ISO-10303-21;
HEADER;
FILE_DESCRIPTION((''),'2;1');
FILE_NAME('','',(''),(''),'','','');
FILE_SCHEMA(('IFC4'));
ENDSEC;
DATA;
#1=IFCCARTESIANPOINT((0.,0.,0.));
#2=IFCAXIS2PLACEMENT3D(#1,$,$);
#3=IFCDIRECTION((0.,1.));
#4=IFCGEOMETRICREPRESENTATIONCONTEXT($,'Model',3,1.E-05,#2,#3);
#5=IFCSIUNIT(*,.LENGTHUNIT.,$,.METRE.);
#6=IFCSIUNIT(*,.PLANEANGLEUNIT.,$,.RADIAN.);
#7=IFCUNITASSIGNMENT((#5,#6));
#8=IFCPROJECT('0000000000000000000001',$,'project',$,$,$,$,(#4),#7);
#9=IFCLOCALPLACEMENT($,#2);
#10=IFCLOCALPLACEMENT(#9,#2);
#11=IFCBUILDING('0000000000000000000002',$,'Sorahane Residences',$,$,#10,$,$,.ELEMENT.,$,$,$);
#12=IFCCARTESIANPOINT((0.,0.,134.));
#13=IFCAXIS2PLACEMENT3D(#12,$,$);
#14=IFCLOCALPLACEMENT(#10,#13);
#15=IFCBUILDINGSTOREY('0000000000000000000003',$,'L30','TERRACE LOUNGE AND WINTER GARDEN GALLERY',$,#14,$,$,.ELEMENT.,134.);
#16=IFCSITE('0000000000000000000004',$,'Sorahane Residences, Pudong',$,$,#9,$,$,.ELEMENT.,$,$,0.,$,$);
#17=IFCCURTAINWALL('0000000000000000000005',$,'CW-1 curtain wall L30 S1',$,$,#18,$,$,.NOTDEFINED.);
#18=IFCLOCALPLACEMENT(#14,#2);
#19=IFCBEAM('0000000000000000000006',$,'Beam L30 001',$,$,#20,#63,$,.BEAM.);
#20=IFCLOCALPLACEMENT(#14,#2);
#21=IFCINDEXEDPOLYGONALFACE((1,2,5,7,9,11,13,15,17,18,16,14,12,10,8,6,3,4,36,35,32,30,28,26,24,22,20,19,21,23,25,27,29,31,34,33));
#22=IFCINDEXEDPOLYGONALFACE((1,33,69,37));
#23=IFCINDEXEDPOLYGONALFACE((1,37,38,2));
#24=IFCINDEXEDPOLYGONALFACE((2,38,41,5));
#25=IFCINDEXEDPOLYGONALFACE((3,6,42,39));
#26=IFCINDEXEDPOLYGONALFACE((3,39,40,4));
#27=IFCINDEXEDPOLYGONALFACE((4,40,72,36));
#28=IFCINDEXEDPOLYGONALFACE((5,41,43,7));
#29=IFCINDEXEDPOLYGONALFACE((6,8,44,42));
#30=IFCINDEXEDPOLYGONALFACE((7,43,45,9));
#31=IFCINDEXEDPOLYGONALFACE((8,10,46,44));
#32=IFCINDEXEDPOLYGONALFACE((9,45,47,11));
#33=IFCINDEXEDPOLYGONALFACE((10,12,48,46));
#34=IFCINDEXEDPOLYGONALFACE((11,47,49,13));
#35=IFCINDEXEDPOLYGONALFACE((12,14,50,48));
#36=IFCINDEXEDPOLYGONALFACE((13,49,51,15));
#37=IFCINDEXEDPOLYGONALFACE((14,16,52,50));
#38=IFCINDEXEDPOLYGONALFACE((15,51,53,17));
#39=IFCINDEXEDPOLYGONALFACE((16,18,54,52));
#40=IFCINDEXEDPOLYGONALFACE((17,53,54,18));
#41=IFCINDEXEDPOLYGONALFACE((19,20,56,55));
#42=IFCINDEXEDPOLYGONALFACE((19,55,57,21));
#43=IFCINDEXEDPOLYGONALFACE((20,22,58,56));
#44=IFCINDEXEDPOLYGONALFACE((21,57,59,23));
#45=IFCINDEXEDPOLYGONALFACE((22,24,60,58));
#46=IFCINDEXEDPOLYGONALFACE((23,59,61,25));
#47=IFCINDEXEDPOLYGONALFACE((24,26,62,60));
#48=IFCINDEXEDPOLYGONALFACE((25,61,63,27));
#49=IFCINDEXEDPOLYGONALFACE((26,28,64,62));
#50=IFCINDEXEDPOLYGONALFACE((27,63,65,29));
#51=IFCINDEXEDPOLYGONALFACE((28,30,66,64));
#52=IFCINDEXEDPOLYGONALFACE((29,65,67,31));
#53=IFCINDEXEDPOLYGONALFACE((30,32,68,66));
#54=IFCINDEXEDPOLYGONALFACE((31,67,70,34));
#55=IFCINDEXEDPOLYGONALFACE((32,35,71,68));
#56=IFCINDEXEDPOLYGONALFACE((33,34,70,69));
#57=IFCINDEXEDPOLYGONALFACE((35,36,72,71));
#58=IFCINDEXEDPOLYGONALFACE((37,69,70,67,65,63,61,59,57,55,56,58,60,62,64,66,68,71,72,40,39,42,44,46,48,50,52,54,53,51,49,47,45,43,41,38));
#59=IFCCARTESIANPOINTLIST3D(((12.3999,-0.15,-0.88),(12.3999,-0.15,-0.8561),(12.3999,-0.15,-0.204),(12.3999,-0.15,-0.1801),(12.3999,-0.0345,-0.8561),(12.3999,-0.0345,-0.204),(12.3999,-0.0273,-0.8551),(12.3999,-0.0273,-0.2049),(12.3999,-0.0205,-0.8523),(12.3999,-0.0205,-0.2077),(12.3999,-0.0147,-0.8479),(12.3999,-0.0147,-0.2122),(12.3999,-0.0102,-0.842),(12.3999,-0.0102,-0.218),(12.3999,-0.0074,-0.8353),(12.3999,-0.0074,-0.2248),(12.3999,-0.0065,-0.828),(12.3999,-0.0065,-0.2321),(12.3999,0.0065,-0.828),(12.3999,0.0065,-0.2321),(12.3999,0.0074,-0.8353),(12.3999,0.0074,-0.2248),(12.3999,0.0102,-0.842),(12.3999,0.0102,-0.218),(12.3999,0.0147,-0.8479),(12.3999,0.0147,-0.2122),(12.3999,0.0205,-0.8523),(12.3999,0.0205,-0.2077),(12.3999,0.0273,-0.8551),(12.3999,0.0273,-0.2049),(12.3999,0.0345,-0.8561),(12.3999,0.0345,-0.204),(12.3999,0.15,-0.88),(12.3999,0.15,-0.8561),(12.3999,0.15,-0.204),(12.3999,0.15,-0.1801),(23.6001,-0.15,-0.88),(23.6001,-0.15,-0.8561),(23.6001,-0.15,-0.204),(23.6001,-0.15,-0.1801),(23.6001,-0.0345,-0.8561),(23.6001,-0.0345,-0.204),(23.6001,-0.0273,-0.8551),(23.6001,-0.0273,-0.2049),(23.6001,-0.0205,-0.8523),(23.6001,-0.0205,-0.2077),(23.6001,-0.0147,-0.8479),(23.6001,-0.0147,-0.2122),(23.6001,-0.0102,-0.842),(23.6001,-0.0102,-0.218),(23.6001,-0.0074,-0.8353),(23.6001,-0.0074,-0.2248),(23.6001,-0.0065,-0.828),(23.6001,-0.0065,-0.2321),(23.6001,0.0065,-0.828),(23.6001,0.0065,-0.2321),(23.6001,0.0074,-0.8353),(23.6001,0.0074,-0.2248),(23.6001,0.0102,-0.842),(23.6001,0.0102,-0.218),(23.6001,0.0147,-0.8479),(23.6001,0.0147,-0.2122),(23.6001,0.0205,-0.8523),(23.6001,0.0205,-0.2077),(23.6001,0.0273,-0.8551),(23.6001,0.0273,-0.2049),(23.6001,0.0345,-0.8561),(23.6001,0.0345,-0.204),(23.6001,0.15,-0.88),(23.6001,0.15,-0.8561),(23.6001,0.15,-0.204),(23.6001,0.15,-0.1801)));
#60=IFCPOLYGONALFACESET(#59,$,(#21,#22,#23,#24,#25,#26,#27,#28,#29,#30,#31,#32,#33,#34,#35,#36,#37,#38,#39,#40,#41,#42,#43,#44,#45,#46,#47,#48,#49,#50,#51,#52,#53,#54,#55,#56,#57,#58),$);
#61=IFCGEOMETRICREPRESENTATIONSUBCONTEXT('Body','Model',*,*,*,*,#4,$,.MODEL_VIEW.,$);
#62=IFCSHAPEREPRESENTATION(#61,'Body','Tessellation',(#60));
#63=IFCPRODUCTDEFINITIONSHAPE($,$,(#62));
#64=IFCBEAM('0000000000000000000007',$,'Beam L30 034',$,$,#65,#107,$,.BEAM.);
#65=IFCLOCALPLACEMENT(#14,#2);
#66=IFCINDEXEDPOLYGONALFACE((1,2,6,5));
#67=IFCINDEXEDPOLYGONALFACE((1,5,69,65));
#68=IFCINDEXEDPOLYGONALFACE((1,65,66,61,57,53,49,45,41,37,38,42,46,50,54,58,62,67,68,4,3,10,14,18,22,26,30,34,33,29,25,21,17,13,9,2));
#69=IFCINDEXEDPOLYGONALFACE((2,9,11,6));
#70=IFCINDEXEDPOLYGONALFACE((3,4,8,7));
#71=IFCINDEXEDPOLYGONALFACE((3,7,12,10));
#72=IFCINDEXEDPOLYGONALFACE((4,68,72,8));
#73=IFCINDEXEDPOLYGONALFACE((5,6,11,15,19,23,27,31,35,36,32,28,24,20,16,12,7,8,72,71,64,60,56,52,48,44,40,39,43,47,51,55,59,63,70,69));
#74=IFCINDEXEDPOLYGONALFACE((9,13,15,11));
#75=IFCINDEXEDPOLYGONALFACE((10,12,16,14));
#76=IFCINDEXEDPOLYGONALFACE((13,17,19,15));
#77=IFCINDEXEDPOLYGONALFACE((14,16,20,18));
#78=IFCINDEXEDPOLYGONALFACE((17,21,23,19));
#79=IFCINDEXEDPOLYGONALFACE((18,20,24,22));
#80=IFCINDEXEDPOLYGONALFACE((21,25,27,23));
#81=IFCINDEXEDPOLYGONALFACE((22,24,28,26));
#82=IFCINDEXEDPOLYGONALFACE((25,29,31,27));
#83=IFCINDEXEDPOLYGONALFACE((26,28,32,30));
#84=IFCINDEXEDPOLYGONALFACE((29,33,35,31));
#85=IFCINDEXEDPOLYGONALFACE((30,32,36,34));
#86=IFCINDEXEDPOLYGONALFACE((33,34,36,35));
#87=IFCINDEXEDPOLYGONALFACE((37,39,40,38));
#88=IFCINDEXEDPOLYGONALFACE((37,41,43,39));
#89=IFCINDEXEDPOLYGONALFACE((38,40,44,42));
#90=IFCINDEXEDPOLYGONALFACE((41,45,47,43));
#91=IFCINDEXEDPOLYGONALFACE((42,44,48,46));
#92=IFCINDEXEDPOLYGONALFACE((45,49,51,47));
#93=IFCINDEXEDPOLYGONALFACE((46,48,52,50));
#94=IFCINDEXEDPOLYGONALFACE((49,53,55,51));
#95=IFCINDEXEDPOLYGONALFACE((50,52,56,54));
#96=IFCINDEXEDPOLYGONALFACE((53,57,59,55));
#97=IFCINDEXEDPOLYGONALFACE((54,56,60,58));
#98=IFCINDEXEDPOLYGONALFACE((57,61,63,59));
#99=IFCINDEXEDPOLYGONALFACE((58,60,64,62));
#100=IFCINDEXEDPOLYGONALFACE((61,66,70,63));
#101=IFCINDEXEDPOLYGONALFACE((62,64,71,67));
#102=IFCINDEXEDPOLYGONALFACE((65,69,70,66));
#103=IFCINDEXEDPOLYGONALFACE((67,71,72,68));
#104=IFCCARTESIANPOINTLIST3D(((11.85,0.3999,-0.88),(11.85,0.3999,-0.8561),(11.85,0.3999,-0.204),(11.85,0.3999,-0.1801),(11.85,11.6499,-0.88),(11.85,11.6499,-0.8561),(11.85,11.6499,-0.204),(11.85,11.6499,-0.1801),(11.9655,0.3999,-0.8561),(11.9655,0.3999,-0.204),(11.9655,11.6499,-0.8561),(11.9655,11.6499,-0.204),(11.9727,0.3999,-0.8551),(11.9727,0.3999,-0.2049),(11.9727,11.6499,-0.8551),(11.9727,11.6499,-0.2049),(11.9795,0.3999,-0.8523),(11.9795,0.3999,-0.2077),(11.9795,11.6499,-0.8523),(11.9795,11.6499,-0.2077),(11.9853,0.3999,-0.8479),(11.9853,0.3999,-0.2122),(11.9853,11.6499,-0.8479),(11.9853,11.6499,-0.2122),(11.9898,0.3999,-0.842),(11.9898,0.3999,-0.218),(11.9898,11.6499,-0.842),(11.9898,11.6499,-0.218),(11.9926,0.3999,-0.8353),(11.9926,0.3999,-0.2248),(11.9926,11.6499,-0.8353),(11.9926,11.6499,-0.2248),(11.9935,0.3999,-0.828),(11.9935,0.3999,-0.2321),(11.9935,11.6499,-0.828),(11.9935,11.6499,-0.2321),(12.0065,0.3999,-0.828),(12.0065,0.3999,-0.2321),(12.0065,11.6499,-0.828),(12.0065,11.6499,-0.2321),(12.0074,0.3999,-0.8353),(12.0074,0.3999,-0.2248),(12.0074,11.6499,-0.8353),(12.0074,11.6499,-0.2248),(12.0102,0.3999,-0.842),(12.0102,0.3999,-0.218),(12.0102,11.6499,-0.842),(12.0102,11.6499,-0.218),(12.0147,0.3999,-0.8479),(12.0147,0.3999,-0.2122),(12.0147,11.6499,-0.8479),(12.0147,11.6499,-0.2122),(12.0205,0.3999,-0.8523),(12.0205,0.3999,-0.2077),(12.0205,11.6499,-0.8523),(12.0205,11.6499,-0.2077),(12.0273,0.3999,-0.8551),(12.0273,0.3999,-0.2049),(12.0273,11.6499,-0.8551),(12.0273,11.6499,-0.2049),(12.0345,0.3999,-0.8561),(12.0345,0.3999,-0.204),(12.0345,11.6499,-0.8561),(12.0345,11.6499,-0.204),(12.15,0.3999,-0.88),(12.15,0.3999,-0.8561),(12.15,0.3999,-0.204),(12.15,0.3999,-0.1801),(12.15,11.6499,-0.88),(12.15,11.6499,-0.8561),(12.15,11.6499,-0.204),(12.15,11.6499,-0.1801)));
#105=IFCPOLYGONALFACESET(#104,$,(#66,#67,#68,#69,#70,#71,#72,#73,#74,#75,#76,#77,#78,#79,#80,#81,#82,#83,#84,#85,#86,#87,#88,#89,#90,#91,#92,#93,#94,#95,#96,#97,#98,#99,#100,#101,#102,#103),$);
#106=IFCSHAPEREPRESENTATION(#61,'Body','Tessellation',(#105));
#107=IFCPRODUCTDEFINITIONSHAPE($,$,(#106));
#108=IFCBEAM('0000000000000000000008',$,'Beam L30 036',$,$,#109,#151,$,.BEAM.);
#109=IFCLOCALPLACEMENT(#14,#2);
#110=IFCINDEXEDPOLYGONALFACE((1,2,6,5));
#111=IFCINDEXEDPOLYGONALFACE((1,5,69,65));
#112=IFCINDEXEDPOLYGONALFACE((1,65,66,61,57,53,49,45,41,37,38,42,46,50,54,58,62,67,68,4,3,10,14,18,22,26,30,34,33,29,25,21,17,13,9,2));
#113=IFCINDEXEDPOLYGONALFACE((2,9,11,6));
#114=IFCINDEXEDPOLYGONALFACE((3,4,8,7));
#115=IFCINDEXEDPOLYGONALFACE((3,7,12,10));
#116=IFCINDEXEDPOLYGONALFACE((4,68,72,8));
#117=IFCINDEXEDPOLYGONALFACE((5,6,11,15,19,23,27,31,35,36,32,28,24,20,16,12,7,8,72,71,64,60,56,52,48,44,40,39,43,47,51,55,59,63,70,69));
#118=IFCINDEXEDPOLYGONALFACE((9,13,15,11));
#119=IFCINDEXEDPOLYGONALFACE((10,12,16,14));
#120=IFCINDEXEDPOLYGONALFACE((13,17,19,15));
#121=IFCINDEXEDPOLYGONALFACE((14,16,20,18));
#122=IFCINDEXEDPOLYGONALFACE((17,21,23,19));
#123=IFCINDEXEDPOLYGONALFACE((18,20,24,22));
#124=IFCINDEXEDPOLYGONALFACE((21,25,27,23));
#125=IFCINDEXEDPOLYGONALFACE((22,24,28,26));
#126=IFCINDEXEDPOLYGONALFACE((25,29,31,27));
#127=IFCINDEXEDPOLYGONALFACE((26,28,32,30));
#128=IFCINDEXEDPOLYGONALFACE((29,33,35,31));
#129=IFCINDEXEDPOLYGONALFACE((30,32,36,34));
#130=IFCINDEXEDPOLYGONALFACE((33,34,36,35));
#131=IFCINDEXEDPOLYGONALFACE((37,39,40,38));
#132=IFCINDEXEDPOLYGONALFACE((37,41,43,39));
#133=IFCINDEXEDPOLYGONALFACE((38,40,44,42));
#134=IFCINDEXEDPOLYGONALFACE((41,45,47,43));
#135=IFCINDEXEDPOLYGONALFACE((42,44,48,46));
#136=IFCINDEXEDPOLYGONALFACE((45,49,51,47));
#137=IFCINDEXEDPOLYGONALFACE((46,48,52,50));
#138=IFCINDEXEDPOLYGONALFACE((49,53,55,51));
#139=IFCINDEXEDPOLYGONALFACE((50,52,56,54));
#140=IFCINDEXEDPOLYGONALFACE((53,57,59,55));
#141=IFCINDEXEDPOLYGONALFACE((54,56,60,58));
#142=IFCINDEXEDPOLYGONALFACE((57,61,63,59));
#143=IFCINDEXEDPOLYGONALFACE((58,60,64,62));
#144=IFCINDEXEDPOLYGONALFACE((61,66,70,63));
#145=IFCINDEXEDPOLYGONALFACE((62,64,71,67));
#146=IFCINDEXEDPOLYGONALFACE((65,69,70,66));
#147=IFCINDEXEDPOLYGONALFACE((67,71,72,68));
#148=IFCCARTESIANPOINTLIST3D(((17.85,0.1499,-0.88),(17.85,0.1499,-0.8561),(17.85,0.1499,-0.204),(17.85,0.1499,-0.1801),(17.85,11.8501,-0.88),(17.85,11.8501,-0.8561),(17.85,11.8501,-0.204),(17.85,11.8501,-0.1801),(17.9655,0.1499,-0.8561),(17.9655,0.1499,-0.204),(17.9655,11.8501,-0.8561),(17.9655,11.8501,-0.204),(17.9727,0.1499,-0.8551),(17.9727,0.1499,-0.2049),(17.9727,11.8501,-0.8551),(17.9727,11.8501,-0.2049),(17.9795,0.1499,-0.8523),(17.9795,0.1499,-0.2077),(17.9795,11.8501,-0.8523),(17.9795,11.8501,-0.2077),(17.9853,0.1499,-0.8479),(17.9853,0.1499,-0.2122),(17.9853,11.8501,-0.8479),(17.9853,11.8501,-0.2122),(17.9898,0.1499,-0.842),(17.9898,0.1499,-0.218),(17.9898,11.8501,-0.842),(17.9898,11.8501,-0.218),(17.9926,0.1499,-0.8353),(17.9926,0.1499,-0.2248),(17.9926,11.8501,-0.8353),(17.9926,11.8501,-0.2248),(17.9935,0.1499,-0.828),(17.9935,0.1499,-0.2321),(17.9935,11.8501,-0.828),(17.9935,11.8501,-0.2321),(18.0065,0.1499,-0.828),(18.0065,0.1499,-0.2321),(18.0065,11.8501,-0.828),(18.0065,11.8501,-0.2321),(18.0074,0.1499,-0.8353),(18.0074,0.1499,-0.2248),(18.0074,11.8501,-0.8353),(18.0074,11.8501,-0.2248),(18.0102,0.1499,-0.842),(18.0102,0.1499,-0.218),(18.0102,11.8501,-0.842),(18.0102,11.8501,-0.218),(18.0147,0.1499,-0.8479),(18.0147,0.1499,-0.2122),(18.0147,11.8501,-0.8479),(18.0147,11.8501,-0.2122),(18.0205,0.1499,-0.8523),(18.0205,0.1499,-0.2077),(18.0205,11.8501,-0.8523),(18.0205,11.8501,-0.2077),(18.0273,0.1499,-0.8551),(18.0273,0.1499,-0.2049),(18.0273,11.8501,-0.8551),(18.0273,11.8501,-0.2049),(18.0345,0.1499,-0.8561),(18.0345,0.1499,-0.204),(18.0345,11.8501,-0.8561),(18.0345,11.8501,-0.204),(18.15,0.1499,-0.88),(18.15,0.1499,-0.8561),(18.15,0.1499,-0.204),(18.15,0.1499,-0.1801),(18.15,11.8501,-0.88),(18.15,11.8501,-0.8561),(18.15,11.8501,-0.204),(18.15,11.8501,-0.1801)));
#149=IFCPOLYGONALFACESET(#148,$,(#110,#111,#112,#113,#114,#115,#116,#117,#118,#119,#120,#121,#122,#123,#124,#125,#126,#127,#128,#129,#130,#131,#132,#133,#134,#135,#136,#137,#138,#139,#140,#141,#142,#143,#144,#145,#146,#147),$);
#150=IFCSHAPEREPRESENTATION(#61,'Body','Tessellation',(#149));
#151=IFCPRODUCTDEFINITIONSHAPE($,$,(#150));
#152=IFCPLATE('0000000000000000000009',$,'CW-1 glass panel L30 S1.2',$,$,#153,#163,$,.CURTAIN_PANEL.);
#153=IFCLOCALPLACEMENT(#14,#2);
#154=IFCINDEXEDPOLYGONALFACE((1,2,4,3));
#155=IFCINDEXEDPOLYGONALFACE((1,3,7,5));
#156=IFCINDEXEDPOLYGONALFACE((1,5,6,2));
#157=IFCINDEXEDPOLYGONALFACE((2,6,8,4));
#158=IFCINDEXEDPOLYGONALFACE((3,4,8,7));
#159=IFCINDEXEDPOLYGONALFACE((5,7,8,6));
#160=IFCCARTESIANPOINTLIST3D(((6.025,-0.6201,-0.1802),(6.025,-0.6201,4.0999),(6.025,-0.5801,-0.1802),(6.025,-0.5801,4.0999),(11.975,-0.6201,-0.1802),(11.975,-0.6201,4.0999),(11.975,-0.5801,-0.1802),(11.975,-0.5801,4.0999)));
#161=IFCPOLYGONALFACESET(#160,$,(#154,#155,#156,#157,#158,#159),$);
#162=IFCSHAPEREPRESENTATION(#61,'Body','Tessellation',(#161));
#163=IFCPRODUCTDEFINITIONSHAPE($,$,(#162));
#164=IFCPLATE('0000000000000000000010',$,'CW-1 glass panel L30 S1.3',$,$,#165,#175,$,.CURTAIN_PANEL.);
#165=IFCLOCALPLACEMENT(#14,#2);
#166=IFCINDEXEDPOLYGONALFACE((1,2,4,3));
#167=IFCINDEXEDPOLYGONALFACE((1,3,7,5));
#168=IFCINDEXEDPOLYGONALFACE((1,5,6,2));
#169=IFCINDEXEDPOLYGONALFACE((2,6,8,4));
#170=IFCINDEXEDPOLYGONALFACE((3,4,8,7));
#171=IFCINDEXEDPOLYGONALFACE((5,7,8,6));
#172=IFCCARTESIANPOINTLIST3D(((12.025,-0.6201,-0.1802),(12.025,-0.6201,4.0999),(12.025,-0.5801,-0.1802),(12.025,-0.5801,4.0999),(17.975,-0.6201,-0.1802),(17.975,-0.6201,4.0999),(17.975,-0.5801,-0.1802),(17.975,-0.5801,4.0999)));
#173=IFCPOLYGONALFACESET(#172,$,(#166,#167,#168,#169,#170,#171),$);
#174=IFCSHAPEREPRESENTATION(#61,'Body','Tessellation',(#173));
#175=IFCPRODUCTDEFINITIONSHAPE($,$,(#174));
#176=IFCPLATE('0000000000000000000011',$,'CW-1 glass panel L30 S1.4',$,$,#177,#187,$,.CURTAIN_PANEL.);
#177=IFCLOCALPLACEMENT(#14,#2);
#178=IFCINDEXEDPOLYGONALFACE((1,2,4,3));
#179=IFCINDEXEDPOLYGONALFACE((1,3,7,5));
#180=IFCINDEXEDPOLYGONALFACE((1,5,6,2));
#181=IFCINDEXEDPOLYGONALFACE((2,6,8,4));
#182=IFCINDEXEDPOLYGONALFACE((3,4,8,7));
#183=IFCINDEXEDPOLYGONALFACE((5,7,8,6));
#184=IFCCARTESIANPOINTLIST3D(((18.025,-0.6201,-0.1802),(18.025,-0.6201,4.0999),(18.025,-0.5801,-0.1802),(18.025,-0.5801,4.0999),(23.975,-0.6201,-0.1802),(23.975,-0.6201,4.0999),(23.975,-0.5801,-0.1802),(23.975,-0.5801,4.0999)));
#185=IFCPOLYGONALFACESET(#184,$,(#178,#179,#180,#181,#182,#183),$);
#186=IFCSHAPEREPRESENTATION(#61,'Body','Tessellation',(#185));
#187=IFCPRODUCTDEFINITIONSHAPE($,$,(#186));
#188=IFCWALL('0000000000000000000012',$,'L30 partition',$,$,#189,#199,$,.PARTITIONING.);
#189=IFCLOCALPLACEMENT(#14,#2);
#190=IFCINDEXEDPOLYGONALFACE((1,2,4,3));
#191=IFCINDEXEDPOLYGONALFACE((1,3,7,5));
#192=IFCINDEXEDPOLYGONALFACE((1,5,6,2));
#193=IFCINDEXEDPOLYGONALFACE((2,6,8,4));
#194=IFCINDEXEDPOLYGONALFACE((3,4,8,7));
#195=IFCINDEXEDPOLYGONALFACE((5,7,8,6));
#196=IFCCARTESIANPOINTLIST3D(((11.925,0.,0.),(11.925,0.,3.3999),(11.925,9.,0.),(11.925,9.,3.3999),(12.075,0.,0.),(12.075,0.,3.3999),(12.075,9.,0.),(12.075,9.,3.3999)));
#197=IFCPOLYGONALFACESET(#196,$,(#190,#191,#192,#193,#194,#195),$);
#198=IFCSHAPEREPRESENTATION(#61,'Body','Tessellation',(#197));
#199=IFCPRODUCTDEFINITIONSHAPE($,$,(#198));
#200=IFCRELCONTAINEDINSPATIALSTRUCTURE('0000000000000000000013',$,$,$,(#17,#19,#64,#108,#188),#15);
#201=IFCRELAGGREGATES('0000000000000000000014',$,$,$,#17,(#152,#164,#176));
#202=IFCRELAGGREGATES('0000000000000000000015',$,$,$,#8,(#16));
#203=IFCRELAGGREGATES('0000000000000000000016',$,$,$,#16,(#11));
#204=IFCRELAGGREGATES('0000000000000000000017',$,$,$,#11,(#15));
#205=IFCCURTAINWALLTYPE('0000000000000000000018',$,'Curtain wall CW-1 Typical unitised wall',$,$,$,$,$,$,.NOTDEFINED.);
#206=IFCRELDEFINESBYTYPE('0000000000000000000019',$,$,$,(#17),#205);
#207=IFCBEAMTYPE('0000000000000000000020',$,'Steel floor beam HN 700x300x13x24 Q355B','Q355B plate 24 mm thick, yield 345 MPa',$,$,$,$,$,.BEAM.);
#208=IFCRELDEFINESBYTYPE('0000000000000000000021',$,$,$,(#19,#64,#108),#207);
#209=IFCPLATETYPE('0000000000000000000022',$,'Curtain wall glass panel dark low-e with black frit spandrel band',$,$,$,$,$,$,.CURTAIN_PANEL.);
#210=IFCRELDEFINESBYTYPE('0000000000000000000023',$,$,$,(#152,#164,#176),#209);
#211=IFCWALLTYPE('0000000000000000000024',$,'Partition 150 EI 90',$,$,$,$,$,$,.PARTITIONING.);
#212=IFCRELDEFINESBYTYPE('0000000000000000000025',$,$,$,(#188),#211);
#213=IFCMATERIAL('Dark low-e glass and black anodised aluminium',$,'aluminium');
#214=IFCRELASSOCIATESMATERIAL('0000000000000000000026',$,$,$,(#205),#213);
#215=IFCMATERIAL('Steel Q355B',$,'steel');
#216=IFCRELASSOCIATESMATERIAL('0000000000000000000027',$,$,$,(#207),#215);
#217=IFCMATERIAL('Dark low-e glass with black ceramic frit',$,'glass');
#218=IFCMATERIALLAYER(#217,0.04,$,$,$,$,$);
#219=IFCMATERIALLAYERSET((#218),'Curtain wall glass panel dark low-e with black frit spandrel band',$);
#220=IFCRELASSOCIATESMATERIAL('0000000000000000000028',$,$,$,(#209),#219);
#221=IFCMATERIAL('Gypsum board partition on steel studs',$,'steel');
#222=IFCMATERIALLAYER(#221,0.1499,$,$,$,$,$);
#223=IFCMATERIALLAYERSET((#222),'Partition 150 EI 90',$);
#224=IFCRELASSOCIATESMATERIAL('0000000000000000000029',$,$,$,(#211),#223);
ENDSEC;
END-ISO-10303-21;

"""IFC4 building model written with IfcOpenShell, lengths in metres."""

from ifc_helpers import new_model, si_unit, direction, frame, frame_2d, origin, origin_2d, place, context, subcontext, project, spatial, rectangle, i_section, extrude, material, layer, layer_set, material_profile, profile_set, type_object, element, aggregate, save


model = new_model("IFC4")

# Units and contexts
model_context = context("Model", 3, precision=1e-05, world=origin(), true_north=direction((0.0, 1.0)))
body_context = subcontext(model_context, "Body", "Model", "MODEL_VIEW")
ifc_project = project(units=[si_unit("LENGTHUNIT", "METRE"), si_unit("PLANEANGLEUNIT", "RADIAN")], contexts=[model_context])

# Site, building, storey
site_placement = place(None, origin())
site = spatial("IfcSite", under=ifc_project, at=site_placement, Name="Sorahane Residences, Pudong", CompositionType="ELEMENT", RefElevation=0.0)
building_placement = place(site_placement, origin())
building = spatial("IfcBuilding", under=site, at=building_placement, Name="Sorahane Residences", CompositionType="ELEMENT")
storey_placement = place(building_placement, frame((0.0, 0.0, 134.0)))
storey = spatial("IfcBuildingStorey", under=building, at=storey_placement, Name="L30", Description="TERRACE LOUNGE AND WINTER GARDEN GALLERY", CompositionType="ELEMENT", Elevation=134.0)

# Curtain wall
ifc_material_1 = material(Name="Dark low-e glass and black anodised aluminium", Category="aluminium")
curtain_wall_type = type_object("IfcCurtainWallType", Name="Curtain wall CW-1 Typical unitised wall", PredefinedType="NOTDEFINED", material=ifc_material_1)
curtain_wall_placement = place(storey_placement, origin())
curtain_wall = element("IfcCurtainWall", 1, at=curtain_wall_placement, inside=storey, type_object=curtain_wall_type, Name="CW-1 curtain wall L30 S1", PredefinedType="NOTDEFINED")

# Beams
ifc_material_2 = material(Name="Steel Q355B", Category="steel")
ifc_material_profile_1 = material_profile(ifc_material_2, i_section(OverallWidth=0.3, OverallDepth=0.7, WebThickness=0.0129, FlangeThickness=0.0239, FilletRadius=0.0281, at=origin_2d()), Name="HN 700x300x13x24")
ifc_profile_set_1 = profile_set([ifc_material_profile_1], Name="Steel Q355B")
beam_type_1 = type_object("IfcBeamType", Name="Steel floor beam HN 700x300x13x24 Q355B", Description="Q355B plate 24 mm thick, yield 345 MPa", PredefinedType="BEAM", material=ifc_profile_set_1)
beam_1_placement = place(storey_placement, frame((12.3999, 0.0, -0.53), z_axis=(1.0, 0.0, 0.0), x_axis=(0.0, 1.0, 0.0)))
element("IfcBeam", 2, at=beam_1_placement, inside=storey, type_object=beam_type_1, Name="Beam L30 001", PredefinedType="BEAM", context=body_context, shape_type="SweptSolid", body=[
    extrude(i_section(OverallWidth=0.3, OverallDepth=0.7, WebThickness=0.0129, FlangeThickness=0.0239, FilletRadius=0.0281, at=origin_2d()), origin(), (0.0, 0.0, 1.0), 11.2002),
])
beam_2_placement = place(storey_placement, frame((12.0, 0.3999, -0.53), z_axis=(0.0, 1.0, 0.0), x_axis=(-1.0, 0.0, 0.0)))
element("IfcBeam", 3, at=beam_2_placement, inside=storey, type_object=beam_type_1, Name="Beam L30 034", PredefinedType="BEAM", context=body_context, shape_type="SweptSolid", body=[
    extrude(i_section(OverallWidth=0.3, OverallDepth=0.7, WebThickness=0.0129, FlangeThickness=0.0239, FilletRadius=0.0281, at=origin_2d()), origin(), (0.0, 0.0, 1.0), 11.25),
])
beam_3_placement = place(storey_placement, frame((18.0, 0.1499, -0.53), z_axis=(0.0, 1.0, 0.0), x_axis=(-1.0, 0.0, 0.0)))
element("IfcBeam", 4, at=beam_3_placement, inside=storey, type_object=beam_type_1, Name="Beam L30 036", PredefinedType="BEAM", context=body_context, shape_type="SweptSolid", body=[
    extrude(i_section(OverallWidth=0.3, OverallDepth=0.7, WebThickness=0.0129, FlangeThickness=0.0239, FilletRadius=0.0281, at=origin_2d()), origin(), (0.0, 0.0, 1.0), 11.7002),
])

# Plates
ifc_material_3 = material(Name="Dark low-e glass with black ceramic frit", Category="glass")
ifc_layer_1 = layer(ifc_material_3, 0.04)
ifc_layer_set_1 = layer_set([ifc_layer_1], Name="Curtain wall glass panel dark low-e with black frit spandrel band")
plate_type = type_object("IfcPlateType", Name="Curtain wall glass panel dark low-e with black frit spandrel band", PredefinedType="CURTAIN_PANEL", material=ifc_layer_set_1)
plate_1_placement = place(storey_placement, frame((9.0, -0.6001, -0.1802), z_axis=(0.0, 0.0, 1.0), x_axis=(1.0, 0.0, 0.0)))
plate_1 = element("IfcPlate", 5, at=plate_1_placement, type_object=plate_type, Name="CW-1 glass panel L30 S1.2", PredefinedType="CURTAIN_PANEL", context=body_context, shape_type="SweptSolid", body=[
    extrude(rectangle(XDim=5.95, YDim=0.04, at=origin_2d()), origin(), (0.0, 0.0, 1.0), 4.28),
])
plate_2_placement = place(storey_placement, frame((15.0, -0.6001, -0.1802), z_axis=(0.0, 0.0, 1.0), x_axis=(1.0, 0.0, 0.0)))
plate_2 = element("IfcPlate", 6, at=plate_2_placement, type_object=plate_type, Name="CW-1 glass panel L30 S1.3", PredefinedType="CURTAIN_PANEL", context=body_context, shape_type="SweptSolid", body=[
    extrude(rectangle(XDim=5.95, YDim=0.04, at=origin_2d()), origin(), (0.0, 0.0, 1.0), 4.28),
])
plate_3_placement = place(storey_placement, frame((21.0, -0.6001, -0.1802), z_axis=(0.0, 0.0, 1.0), x_axis=(1.0, 0.0, 0.0)))
plate_3 = element("IfcPlate", 7, at=plate_3_placement, type_object=plate_type, Name="CW-1 glass panel L30 S1.4", PredefinedType="CURTAIN_PANEL", context=body_context, shape_type="SweptSolid", body=[
    extrude(rectangle(XDim=5.95, YDim=0.04, at=origin_2d()), origin(), (0.0, 0.0, 1.0), 4.28),
])
aggregate(curtain_wall, [plate_1, plate_2, plate_3])

# Wall
ifc_material_4 = material(Name="Gypsum board partition on steel studs", Category="steel")
ifc_layer_2 = layer(ifc_material_4, 0.1499)
ifc_layer_set_2 = layer_set([ifc_layer_2], Name="Partition 150 EI 90")
wall_type_1 = type_object("IfcWallType", Name="Partition 150 EI 90", PredefinedType="PARTITIONING", material=ifc_layer_set_2)
wall_1_placement = place(storey_placement, frame((12.0, 0.0, 0.0), z_axis=(0.0, 0.0, 1.0), x_axis=(0.0, 1.0, 0.0)))
element("IfcWall", 8, at=wall_1_placement, inside=storey, type_object=wall_type_1, Name="L30 partition", PredefinedType="PARTITIONING", context=body_context, shape_type="SweptSolid", body=[
    extrude(rectangle(XDim=9.0, YDim=0.1499, at=frame_2d((4.5, 0.0))), origin(), (0.0, 0.0, 1.0), 3.3999),
])

save(model, "model.ifc")
